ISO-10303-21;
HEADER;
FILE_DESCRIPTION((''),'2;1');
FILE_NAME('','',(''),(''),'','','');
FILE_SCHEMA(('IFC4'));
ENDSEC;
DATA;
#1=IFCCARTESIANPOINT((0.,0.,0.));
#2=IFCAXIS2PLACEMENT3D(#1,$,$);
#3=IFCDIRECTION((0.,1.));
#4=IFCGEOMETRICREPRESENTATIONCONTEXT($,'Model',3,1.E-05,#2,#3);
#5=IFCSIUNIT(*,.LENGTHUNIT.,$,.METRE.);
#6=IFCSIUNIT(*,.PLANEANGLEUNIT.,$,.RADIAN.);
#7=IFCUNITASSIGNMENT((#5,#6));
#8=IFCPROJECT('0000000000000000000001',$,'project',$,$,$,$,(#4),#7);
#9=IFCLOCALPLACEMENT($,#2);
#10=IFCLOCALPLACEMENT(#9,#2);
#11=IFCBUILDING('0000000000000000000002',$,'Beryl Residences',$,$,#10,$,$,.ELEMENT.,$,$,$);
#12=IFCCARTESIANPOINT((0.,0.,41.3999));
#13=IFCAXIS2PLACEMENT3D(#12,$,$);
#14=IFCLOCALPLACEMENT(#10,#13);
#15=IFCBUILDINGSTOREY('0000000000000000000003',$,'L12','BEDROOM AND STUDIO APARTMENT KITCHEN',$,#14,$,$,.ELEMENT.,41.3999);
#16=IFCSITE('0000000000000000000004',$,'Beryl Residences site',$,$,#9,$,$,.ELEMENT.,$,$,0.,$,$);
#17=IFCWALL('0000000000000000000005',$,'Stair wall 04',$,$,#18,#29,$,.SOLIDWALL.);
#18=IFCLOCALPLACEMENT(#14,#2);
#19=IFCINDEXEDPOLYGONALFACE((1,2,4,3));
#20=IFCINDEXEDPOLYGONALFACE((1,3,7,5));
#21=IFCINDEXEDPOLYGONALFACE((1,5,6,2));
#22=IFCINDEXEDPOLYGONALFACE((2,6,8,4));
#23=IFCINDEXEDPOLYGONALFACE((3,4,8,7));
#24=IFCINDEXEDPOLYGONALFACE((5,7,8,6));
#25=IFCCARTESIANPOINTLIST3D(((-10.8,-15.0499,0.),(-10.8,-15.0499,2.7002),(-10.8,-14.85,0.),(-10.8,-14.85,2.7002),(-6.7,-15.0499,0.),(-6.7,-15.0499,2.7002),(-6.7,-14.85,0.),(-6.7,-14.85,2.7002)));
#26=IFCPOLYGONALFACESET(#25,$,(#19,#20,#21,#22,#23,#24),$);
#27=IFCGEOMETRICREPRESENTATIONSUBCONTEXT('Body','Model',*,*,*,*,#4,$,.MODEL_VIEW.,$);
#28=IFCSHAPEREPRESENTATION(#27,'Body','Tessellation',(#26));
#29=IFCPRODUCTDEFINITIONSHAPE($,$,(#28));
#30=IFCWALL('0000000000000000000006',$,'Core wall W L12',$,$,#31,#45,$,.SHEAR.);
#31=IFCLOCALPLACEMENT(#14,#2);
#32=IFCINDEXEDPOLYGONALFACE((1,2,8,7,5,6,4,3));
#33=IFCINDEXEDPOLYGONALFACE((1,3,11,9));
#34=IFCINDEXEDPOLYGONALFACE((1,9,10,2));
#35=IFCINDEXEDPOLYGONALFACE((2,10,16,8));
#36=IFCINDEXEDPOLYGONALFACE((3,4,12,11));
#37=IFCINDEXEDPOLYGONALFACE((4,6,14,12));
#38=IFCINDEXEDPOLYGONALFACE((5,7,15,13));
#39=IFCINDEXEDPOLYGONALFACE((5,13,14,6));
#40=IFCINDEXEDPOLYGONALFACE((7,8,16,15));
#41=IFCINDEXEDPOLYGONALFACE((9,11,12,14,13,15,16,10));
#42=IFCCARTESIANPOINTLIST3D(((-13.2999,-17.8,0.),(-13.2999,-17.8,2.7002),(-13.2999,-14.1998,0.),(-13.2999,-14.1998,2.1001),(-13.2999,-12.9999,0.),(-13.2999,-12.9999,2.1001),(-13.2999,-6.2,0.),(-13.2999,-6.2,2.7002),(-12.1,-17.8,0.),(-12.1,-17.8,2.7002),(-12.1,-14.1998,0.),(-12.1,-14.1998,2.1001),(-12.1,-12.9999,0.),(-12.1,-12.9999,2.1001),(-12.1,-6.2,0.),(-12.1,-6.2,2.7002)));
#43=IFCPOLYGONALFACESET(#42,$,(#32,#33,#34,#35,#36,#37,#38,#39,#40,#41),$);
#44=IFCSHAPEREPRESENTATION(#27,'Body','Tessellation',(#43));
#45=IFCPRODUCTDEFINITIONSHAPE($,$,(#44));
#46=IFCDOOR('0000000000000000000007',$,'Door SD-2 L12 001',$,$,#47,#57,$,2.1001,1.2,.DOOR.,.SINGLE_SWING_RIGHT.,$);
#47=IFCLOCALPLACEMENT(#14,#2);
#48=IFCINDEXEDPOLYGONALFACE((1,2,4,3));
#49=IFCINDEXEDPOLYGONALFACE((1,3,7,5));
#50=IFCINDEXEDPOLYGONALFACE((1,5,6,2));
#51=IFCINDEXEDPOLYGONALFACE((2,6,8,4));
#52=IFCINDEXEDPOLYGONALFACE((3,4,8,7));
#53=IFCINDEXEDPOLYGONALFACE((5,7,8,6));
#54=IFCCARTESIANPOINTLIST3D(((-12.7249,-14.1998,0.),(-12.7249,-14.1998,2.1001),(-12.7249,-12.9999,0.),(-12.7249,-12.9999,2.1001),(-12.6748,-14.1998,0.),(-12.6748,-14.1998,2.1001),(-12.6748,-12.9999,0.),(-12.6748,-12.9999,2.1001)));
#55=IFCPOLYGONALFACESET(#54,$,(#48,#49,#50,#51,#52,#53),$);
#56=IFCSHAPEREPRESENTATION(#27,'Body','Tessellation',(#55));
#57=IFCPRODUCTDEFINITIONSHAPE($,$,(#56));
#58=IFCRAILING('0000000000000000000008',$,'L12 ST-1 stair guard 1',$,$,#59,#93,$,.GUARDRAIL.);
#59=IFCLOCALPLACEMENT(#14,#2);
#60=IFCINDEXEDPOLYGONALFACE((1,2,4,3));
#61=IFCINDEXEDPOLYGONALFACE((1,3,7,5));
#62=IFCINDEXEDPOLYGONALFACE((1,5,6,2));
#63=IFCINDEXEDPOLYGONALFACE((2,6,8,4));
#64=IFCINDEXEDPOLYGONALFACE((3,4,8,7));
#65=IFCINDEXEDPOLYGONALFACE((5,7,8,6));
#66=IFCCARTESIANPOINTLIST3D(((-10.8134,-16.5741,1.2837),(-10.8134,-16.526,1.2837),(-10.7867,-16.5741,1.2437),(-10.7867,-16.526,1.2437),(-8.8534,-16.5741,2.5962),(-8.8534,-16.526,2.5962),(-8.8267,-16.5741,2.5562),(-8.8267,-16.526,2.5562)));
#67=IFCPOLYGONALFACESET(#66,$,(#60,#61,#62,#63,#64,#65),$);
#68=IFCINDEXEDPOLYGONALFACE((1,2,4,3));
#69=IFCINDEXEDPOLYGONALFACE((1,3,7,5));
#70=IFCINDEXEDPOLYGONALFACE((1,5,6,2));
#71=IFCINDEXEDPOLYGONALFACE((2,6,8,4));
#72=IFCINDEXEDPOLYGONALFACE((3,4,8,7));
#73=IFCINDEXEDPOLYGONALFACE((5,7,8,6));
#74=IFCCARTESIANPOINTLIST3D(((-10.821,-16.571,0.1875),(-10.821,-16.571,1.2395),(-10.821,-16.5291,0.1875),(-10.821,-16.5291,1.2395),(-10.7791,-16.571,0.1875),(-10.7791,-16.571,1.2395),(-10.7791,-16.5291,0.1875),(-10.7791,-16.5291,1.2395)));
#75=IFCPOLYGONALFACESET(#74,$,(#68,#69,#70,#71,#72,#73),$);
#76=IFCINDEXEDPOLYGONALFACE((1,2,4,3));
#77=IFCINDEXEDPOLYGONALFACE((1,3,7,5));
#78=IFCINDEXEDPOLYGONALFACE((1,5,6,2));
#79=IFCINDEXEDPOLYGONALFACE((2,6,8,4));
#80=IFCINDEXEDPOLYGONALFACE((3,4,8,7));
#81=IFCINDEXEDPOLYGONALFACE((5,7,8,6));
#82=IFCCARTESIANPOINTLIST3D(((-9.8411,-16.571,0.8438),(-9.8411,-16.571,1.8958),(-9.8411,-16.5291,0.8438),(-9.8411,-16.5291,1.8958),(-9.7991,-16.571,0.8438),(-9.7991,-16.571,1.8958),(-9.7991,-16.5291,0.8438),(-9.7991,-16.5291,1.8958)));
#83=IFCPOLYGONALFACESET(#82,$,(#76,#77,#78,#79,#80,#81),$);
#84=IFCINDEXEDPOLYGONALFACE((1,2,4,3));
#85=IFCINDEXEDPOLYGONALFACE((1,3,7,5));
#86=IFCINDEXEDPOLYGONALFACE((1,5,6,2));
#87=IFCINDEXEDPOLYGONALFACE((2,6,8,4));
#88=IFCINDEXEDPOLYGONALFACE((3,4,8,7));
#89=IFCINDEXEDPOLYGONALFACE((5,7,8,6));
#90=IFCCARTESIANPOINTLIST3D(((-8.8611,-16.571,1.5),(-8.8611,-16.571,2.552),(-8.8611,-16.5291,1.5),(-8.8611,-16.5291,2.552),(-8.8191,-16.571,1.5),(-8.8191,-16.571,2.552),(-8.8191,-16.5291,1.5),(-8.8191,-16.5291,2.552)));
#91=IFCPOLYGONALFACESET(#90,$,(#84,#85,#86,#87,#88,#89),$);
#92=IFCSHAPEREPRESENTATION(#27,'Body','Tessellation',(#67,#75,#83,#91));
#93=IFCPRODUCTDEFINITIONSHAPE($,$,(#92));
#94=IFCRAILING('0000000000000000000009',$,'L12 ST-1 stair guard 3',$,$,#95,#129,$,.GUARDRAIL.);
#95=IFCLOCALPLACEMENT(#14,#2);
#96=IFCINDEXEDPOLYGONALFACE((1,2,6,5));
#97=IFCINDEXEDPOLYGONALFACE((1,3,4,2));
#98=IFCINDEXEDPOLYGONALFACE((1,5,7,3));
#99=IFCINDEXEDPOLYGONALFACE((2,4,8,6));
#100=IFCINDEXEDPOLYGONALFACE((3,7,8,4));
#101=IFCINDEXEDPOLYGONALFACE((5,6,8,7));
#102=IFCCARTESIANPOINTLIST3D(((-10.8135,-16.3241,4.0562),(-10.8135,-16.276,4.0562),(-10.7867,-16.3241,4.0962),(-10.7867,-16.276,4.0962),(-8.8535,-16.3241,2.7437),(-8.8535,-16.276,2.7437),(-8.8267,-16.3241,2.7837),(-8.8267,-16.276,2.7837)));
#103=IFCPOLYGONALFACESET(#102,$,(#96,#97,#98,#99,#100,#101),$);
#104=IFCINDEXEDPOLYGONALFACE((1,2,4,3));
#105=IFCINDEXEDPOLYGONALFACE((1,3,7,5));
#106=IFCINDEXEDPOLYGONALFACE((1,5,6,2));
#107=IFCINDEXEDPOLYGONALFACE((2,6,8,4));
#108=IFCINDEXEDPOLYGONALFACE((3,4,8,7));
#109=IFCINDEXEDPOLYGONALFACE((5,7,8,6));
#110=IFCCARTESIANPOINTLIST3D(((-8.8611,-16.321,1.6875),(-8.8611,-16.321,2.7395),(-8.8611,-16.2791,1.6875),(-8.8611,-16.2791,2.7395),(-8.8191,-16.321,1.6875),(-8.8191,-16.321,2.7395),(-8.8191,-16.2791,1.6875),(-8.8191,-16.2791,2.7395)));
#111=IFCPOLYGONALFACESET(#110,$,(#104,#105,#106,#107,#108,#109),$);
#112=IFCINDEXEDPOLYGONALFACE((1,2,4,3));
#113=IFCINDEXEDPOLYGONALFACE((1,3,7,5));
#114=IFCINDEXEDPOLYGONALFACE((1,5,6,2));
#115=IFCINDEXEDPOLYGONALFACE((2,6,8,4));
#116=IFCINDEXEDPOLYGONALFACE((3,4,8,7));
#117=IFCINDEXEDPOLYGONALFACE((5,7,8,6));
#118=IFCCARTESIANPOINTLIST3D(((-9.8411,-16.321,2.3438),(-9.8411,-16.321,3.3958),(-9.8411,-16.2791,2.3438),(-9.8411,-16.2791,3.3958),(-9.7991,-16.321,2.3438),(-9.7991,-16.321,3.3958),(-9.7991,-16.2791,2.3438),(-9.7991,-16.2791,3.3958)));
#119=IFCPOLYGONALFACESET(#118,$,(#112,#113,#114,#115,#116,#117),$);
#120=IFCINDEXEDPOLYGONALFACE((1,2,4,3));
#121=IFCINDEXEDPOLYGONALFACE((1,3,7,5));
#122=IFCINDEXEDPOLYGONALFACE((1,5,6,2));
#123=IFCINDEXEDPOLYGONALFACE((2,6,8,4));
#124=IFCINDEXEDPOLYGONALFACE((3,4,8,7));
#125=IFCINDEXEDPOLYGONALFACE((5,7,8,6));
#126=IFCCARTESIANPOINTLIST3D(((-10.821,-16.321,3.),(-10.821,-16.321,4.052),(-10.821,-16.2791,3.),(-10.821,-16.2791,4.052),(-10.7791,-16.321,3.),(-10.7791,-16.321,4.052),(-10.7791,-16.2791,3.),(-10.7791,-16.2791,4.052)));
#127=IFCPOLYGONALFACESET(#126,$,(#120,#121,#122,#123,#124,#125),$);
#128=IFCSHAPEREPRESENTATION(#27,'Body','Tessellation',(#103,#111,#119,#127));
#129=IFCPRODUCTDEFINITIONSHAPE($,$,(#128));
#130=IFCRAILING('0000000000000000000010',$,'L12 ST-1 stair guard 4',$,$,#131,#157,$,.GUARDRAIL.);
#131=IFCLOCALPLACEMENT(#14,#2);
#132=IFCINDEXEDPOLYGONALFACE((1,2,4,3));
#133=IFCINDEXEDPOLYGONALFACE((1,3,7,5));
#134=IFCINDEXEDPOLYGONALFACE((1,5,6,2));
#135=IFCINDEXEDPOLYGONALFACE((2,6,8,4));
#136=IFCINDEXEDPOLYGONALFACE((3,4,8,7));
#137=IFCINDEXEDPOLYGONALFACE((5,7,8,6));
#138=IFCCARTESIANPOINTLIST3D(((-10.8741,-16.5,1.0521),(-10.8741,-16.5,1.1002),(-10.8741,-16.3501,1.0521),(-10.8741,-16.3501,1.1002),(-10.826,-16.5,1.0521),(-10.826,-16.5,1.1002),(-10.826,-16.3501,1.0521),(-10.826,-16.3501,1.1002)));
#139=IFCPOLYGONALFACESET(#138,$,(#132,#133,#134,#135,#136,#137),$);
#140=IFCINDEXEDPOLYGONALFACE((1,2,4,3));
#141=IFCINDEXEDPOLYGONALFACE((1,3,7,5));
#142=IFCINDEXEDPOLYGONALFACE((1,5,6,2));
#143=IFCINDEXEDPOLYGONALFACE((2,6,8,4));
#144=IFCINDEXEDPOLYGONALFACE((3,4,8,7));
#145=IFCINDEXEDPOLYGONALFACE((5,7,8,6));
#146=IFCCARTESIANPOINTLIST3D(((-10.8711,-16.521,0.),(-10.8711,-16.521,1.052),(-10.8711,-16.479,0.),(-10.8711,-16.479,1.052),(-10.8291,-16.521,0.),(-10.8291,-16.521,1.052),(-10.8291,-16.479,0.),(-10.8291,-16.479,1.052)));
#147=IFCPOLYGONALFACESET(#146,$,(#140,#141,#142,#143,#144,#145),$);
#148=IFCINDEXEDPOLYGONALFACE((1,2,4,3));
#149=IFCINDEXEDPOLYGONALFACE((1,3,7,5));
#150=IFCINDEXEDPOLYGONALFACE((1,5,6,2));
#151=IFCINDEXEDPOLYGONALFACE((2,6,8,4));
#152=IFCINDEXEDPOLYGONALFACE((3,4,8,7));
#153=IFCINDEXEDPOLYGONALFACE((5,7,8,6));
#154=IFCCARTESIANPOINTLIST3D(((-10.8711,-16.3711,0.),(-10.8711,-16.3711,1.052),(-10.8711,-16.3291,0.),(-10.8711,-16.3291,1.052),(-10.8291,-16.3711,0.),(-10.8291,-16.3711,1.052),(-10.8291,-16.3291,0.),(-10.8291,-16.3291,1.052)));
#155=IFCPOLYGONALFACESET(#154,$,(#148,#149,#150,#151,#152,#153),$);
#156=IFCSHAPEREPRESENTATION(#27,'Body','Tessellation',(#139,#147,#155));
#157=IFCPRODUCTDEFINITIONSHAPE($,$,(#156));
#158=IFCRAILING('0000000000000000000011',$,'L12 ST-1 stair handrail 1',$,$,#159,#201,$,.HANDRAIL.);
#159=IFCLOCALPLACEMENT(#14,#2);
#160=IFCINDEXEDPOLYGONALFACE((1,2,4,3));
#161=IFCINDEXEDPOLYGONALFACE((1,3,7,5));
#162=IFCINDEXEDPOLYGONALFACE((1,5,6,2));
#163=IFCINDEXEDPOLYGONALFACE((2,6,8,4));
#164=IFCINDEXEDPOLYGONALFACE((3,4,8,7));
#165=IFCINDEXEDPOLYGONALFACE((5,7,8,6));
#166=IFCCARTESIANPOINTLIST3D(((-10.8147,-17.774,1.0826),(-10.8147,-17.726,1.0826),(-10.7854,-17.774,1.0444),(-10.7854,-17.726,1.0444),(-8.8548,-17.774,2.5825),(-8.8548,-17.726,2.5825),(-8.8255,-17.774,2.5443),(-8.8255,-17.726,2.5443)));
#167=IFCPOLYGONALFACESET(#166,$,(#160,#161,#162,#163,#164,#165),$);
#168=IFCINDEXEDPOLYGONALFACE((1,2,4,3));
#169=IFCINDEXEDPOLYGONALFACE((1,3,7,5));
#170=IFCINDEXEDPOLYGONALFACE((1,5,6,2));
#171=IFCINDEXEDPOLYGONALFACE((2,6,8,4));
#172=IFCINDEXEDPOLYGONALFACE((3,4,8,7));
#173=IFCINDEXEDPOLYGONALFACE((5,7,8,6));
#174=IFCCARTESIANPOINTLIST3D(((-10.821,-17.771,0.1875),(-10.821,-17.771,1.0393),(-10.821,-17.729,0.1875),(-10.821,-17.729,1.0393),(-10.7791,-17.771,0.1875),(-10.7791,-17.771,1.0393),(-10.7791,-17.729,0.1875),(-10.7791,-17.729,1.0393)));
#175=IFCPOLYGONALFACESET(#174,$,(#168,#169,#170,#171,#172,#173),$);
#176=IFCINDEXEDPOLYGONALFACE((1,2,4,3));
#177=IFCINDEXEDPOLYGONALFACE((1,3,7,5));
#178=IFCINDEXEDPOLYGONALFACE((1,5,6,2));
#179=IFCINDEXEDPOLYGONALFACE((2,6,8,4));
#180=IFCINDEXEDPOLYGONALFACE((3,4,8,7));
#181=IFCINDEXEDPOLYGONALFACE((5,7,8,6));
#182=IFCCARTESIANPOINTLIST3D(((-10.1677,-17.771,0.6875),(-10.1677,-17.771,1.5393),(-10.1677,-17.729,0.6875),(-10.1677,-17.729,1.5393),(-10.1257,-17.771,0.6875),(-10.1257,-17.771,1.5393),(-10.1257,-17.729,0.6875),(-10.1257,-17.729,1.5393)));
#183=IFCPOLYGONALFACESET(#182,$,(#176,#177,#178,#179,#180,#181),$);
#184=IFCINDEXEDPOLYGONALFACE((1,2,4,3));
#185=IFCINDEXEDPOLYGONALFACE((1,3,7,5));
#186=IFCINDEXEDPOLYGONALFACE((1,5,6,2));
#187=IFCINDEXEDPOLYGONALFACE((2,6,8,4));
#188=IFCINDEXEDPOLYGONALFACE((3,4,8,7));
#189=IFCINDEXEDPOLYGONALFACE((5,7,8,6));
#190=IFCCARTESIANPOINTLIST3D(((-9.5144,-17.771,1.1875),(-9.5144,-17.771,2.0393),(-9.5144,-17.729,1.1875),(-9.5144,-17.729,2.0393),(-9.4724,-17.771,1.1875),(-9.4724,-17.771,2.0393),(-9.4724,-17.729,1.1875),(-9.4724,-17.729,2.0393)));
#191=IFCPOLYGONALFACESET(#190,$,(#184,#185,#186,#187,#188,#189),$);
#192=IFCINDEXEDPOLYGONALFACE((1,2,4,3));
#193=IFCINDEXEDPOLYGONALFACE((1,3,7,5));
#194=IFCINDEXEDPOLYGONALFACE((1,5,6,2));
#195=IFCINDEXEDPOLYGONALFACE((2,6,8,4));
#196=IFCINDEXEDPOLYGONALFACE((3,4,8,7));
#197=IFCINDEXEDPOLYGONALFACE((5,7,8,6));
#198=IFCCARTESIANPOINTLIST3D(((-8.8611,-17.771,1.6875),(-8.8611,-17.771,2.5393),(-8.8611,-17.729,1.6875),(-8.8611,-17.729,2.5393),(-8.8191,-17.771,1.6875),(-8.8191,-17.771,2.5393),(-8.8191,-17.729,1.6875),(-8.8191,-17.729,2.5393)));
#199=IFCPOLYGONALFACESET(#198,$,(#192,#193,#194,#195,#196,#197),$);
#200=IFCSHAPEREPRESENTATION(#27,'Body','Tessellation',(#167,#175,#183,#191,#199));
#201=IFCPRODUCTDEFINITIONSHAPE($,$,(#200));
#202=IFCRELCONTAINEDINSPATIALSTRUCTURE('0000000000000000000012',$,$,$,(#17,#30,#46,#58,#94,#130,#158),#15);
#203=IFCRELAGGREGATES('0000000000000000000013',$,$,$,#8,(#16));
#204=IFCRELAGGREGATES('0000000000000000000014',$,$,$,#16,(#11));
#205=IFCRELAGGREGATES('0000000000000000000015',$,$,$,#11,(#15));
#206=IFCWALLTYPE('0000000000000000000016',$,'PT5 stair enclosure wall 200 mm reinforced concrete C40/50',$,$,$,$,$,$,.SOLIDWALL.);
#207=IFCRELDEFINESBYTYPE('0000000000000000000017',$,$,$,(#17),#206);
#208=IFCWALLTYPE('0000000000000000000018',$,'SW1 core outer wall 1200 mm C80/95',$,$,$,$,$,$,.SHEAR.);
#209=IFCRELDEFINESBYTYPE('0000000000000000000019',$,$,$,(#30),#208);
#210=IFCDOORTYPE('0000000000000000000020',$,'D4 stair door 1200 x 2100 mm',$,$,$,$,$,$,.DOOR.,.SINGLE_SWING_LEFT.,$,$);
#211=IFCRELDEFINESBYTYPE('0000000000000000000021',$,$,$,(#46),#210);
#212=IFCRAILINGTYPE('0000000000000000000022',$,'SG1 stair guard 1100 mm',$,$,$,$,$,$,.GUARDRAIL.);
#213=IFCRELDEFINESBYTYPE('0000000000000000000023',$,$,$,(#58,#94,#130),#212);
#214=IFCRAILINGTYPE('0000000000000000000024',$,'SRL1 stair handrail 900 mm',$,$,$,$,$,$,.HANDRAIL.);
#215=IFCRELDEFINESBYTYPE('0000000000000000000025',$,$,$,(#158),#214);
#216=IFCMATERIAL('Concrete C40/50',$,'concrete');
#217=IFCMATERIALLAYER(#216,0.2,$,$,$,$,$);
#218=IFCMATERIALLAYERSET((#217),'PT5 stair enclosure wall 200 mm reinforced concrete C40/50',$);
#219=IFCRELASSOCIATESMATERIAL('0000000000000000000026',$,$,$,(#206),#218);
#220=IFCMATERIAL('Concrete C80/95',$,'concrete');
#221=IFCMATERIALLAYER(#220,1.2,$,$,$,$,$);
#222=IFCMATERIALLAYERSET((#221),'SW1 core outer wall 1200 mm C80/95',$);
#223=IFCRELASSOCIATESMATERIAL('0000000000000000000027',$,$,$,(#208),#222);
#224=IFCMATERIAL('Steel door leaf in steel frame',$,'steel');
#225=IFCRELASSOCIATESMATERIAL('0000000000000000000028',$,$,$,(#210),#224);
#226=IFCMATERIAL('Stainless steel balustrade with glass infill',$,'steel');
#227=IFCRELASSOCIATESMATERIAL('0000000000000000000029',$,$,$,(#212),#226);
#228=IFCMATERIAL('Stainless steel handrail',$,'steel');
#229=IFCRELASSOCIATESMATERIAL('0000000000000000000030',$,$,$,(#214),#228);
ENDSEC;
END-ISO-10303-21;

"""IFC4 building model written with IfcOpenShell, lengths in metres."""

from ifc_helpers import new_model, si_unit, direction, frame, frame_2d, origin, origin_2d, place, context, subcontext, project, spatial, rectangle, extrude, material, layer, layer_set, type_object, element, fill, save


model = new_model("IFC4")

# Units and contexts
model_context = context("Model", 3, precision=1e-05, world=origin(), true_north=direction((0.0, 1.0)))
body_context = subcontext(model_context, "Body", "Model", "MODEL_VIEW")
ifc_project = project(units=[si_unit("LENGTHUNIT", "METRE"), si_unit("PLANEANGLEUNIT", "RADIAN")], contexts=[model_context])

# Site, building, storey
site_placement = place(None, origin())
site = spatial("IfcSite", under=ifc_project, at=site_placement, Name="Beryl Residences site", CompositionType="ELEMENT", RefElevation=0.0)
building_placement = place(site_placement, origin())
building = spatial("IfcBuilding", under=site, at=building_placement, Name="Beryl Residences", CompositionType="ELEMENT")
storey_placement = place(building_placement, frame((0.0, 0.0, 41.3999)))
storey = spatial("IfcBuildingStorey", under=building, at=storey_placement, Name="L12", Description="BEDROOM AND STUDIO APARTMENT KITCHEN", CompositionType="ELEMENT", Elevation=41.3999)

# Wall
ifc_material_1 = material(Name="Concrete C40/50", Category="concrete")
ifc_layer_1 = layer(ifc_material_1, 0.2)
ifc_layer_set_1 = layer_set([ifc_layer_1], Name="PT5 stair enclosure wall 200 mm reinforced concrete C40/50")
wall_type_1 = type_object("IfcWallType", Name="PT5 stair enclosure wall 200 mm reinforced concrete C40/50", PredefinedType="SOLIDWALL", material=ifc_layer_set_1)
wall_1_placement = place(storey_placement, frame((-10.8, -14.95, 0.0), z_axis=(0.0, 0.0, 1.0), x_axis=(1.0, 0.0, 0.0)))
element("IfcWall", 1, at=wall_1_placement, inside=storey, type_object=wall_type_1, Name="Stair wall 04", PredefinedType="SOLIDWALL", context=body_context, shape_type="SweptSolid", body=[
    extrude(rectangle(XDim=4.1001, YDim=0.2, at=frame_2d((2.05, 0.0))), origin(), (0.0, 0.0, 1.0), 2.7002),
])

# Wall, opening, door
ifc_material_2 = material(Name="Concrete C80/95", Category="concrete")
ifc_layer_2 = layer(ifc_material_2, 1.2)
ifc_layer_set_2 = layer_set([ifc_layer_2], Name="SW1 core outer wall 1200 mm C80/95")
wall_type_2 = type_object("IfcWallType", Name="SW1 core outer wall 1200 mm C80/95", PredefinedType="SHEAR", material=ifc_layer_set_2)
wall_2_placement = place(storey_placement, frame((-12.7, -17.8, 0.0), z_axis=(0.0, 0.0, 1.0), x_axis=(0.0, 1.0, 0.0)))
wall_2 = element("IfcWall", 2, at=wall_2_placement, inside=storey, type_object=wall_type_2, Name="Core wall W L12", PredefinedType="SHEAR", context=body_context, shape_type="SweptSolid", body=[
    extrude(rectangle(XDim=11.6001, YDim=1.2, at=frame_2d((5.8, 0.0))), origin(), (0.0, 0.0, 1.0), 2.7002),
])
opening_placement = place(wall_2_placement, frame((3.6001, 0.0, 0.0)))
opening = element("IfcOpeningElement", 3, at=opening_placement, cuts=wall_2, PredefinedType="OPENING", context=body_context, shape_type="SweptSolid", body=[
    extrude(rectangle(XDim=1.2, YDim=2.1001, at=frame_2d((0.6001, 1.05))), frame((0.0, 0.6099, 0.0), z_axis=(0.0, -1.0, 0.0), x_axis=(1.0, 0.0, 0.0)), (0.0, 0.0, 1.0), 1.22),
])
ifc_material_3 = material(Name="Steel door leaf in steel frame", Category="steel")
door_type = type_object("IfcDoorType", Name="D4 stair door 1200 x 2100 mm", OperationType="SINGLE_SWING_LEFT", PredefinedType="DOOR", material=ifc_material_3)
door_placement = place(opening_placement, origin())
door = element("IfcDoor", 4, at=door_placement, inside=storey, type_object=door_type, Name="Door SD-2 L12 001", OperationType="SINGLE_SWING_RIGHT", OverallHeight=2.1001, OverallWidth=1.2, PredefinedType="DOOR", context=body_context, shape_type="SweptSolid", body=[
    extrude(rectangle(XDim=1.2, YDim=2.1001, at=frame_2d((0.6001, 1.05))), frame((0.0, 0.0249, 0.0), z_axis=(0.0, -1.0, 0.0), x_axis=(1.0, 0.0, 0.0)), (0.0, 0.0, 1.0), 0.05),
])
fill(opening, door)

# Railings
ifc_material_4 = material(Name="Stainless steel balustrade with glass infill", Category="steel")
railing_type_1 = type_object("IfcRailingType", Name="SG1 stair guard 1100 mm", PredefinedType="GUARDRAIL", material=ifc_material_4)
railing_1_placement = place(storey_placement, frame((-10.8, -16.55, 0.1875)))
element("IfcRailing", 5, at=railing_1_placement, inside=storey, type_object=railing_type_1, Name="L12 ST-1 stair guard 1", PredefinedType="GUARDRAIL", context=body_context, shape_type="SweptSolid", body=[
    extrude(rectangle(XDim=0.0481, YDim=0.0481, at=origin_2d()), frame((0.0, 0.0, 1.0762), z_axis=(0.830902, 0.0, 0.556419), x_axis=(0.0, 1.0, 0.0)), (0.0, 0.0, 1.0), 2.3589),
    extrude(rectangle(XDim=0.042, YDim=0.042, at=origin_2d()), origin(), (0.0, 0.0, 1.0), 1.052),
    extrude(rectangle(XDim=0.042, YDim=0.042, at=origin_2d()), frame((0.98, 0.0, 0.6562)), (0.0, 0.0, 1.0), 1.052),
    extrude(rectangle(XDim=0.042, YDim=0.042, at=origin_2d()), frame((1.96, 0.0, 1.3125)), (0.0, 0.0, 1.0), 1.052),
])
railing_2_placement = place(storey_placement, frame((-8.8401, -16.3, 1.6875)))
element("IfcRailing", 6, at=railing_2_placement, inside=storey, type_object=railing_type_1, Name="L12 ST-1 stair guard 3", PredefinedType="GUARDRAIL", context=body_context, shape_type="SweptSolid", body=[
    extrude(rectangle(XDim=0.0481, YDim=0.0481, at=origin_2d()), frame((0.0, 0.0, 1.0762), z_axis=(-0.830902, 0.0, 0.556419), x_axis=(0.0, -1.0, 0.0)), (0.0, 0.0, 1.0), 2.3589),
    extrude(rectangle(XDim=0.042, YDim=0.042, at=origin_2d()), origin(), (0.0, 0.0, 1.0), 1.052),
    extrude(rectangle(XDim=0.042, YDim=0.042, at=origin_2d()), frame((-0.98, 0.0, 0.6562)), (0.0, 0.0, 1.0), 1.052),
    extrude(rectangle(XDim=0.042, YDim=0.042, at=origin_2d()), frame((-1.96, 0.0, 1.3125)), (0.0, 0.0, 1.0), 1.052),
])
railing_3_placement = place(storey_placement, frame((-10.8501, -16.5, 0.0)))
element("IfcRailing", 7, at=railing_3_placement, inside=storey, type_object=railing_type_1, Name="L12 ST-1 stair guard 4", PredefinedType="GUARDRAIL", context=body_context, shape_type="SweptSolid", body=[
    extrude(rectangle(XDim=0.0481, YDim=0.0481, at=origin_2d()), frame((0.0, 0.0, 1.0762), z_axis=(0.0, 1.0, 0.0), x_axis=(-1.0, 0.0, 0.0)), (0.0, 0.0, 1.0), 0.1499),
    extrude(rectangle(XDim=0.042, YDim=0.042, at=origin_2d()), origin(), (0.0, 0.0, 1.0), 1.052),
    extrude(rectangle(XDim=0.042, YDim=0.042, at=origin_2d()), frame((0.0, 0.1499, 0.0)), (0.0, 0.0, 1.0), 1.052),
])
ifc_material_5 = material(Name="Stainless steel handrail", Category="steel")
railing_type_2 = type_object("IfcRailingType", Name="SRL1 stair handrail 900 mm", PredefinedType="HANDRAIL", material=ifc_material_5)
railing_4_placement = place(storey_placement, frame((-10.8, -17.75, 0.1875)))
element("IfcRailing", 8, at=railing_4_placement, inside=storey, type_object=railing_type_2, Name="L12 ST-1 stair handrail 1", PredefinedType="HANDRAIL", context=body_context, shape_type="SweptSolid", body=[
    extrude(rectangle(XDim=0.0481, YDim=0.0481, at=origin_2d()), frame((0.0, 0.0, 0.876), z_axis=(0.794122, 0.0, 0.607758), x_axis=(0.0, 1.0, 0.0)), (0.0, 0.0, 1.0), 2.468),
    extrude(rectangle(XDim=0.042, YDim=0.042, at=origin_2d()), origin(), (0.0, 0.0, 1.0), 0.8518),
    extrude(rectangle(XDim=0.042, YDim=0.042, at=origin_2d()), frame((0.6533, 0.0, 0.5)), (0.0, 0.0, 1.0), 0.8518),
    extrude(rectangle(XDim=0.042, YDim=0.042, at=origin_2d()), frame((1.3066, 0.0, 1.0)), (0.0, 0.0, 1.0), 0.8518),
    extrude(rectangle(XDim=0.042, YDim=0.042, at=origin_2d()), frame((1.96, 0.0, 1.5)), (0.0, 0.0, 1.0), 0.8518),
])

save(model, "model.ifc")
